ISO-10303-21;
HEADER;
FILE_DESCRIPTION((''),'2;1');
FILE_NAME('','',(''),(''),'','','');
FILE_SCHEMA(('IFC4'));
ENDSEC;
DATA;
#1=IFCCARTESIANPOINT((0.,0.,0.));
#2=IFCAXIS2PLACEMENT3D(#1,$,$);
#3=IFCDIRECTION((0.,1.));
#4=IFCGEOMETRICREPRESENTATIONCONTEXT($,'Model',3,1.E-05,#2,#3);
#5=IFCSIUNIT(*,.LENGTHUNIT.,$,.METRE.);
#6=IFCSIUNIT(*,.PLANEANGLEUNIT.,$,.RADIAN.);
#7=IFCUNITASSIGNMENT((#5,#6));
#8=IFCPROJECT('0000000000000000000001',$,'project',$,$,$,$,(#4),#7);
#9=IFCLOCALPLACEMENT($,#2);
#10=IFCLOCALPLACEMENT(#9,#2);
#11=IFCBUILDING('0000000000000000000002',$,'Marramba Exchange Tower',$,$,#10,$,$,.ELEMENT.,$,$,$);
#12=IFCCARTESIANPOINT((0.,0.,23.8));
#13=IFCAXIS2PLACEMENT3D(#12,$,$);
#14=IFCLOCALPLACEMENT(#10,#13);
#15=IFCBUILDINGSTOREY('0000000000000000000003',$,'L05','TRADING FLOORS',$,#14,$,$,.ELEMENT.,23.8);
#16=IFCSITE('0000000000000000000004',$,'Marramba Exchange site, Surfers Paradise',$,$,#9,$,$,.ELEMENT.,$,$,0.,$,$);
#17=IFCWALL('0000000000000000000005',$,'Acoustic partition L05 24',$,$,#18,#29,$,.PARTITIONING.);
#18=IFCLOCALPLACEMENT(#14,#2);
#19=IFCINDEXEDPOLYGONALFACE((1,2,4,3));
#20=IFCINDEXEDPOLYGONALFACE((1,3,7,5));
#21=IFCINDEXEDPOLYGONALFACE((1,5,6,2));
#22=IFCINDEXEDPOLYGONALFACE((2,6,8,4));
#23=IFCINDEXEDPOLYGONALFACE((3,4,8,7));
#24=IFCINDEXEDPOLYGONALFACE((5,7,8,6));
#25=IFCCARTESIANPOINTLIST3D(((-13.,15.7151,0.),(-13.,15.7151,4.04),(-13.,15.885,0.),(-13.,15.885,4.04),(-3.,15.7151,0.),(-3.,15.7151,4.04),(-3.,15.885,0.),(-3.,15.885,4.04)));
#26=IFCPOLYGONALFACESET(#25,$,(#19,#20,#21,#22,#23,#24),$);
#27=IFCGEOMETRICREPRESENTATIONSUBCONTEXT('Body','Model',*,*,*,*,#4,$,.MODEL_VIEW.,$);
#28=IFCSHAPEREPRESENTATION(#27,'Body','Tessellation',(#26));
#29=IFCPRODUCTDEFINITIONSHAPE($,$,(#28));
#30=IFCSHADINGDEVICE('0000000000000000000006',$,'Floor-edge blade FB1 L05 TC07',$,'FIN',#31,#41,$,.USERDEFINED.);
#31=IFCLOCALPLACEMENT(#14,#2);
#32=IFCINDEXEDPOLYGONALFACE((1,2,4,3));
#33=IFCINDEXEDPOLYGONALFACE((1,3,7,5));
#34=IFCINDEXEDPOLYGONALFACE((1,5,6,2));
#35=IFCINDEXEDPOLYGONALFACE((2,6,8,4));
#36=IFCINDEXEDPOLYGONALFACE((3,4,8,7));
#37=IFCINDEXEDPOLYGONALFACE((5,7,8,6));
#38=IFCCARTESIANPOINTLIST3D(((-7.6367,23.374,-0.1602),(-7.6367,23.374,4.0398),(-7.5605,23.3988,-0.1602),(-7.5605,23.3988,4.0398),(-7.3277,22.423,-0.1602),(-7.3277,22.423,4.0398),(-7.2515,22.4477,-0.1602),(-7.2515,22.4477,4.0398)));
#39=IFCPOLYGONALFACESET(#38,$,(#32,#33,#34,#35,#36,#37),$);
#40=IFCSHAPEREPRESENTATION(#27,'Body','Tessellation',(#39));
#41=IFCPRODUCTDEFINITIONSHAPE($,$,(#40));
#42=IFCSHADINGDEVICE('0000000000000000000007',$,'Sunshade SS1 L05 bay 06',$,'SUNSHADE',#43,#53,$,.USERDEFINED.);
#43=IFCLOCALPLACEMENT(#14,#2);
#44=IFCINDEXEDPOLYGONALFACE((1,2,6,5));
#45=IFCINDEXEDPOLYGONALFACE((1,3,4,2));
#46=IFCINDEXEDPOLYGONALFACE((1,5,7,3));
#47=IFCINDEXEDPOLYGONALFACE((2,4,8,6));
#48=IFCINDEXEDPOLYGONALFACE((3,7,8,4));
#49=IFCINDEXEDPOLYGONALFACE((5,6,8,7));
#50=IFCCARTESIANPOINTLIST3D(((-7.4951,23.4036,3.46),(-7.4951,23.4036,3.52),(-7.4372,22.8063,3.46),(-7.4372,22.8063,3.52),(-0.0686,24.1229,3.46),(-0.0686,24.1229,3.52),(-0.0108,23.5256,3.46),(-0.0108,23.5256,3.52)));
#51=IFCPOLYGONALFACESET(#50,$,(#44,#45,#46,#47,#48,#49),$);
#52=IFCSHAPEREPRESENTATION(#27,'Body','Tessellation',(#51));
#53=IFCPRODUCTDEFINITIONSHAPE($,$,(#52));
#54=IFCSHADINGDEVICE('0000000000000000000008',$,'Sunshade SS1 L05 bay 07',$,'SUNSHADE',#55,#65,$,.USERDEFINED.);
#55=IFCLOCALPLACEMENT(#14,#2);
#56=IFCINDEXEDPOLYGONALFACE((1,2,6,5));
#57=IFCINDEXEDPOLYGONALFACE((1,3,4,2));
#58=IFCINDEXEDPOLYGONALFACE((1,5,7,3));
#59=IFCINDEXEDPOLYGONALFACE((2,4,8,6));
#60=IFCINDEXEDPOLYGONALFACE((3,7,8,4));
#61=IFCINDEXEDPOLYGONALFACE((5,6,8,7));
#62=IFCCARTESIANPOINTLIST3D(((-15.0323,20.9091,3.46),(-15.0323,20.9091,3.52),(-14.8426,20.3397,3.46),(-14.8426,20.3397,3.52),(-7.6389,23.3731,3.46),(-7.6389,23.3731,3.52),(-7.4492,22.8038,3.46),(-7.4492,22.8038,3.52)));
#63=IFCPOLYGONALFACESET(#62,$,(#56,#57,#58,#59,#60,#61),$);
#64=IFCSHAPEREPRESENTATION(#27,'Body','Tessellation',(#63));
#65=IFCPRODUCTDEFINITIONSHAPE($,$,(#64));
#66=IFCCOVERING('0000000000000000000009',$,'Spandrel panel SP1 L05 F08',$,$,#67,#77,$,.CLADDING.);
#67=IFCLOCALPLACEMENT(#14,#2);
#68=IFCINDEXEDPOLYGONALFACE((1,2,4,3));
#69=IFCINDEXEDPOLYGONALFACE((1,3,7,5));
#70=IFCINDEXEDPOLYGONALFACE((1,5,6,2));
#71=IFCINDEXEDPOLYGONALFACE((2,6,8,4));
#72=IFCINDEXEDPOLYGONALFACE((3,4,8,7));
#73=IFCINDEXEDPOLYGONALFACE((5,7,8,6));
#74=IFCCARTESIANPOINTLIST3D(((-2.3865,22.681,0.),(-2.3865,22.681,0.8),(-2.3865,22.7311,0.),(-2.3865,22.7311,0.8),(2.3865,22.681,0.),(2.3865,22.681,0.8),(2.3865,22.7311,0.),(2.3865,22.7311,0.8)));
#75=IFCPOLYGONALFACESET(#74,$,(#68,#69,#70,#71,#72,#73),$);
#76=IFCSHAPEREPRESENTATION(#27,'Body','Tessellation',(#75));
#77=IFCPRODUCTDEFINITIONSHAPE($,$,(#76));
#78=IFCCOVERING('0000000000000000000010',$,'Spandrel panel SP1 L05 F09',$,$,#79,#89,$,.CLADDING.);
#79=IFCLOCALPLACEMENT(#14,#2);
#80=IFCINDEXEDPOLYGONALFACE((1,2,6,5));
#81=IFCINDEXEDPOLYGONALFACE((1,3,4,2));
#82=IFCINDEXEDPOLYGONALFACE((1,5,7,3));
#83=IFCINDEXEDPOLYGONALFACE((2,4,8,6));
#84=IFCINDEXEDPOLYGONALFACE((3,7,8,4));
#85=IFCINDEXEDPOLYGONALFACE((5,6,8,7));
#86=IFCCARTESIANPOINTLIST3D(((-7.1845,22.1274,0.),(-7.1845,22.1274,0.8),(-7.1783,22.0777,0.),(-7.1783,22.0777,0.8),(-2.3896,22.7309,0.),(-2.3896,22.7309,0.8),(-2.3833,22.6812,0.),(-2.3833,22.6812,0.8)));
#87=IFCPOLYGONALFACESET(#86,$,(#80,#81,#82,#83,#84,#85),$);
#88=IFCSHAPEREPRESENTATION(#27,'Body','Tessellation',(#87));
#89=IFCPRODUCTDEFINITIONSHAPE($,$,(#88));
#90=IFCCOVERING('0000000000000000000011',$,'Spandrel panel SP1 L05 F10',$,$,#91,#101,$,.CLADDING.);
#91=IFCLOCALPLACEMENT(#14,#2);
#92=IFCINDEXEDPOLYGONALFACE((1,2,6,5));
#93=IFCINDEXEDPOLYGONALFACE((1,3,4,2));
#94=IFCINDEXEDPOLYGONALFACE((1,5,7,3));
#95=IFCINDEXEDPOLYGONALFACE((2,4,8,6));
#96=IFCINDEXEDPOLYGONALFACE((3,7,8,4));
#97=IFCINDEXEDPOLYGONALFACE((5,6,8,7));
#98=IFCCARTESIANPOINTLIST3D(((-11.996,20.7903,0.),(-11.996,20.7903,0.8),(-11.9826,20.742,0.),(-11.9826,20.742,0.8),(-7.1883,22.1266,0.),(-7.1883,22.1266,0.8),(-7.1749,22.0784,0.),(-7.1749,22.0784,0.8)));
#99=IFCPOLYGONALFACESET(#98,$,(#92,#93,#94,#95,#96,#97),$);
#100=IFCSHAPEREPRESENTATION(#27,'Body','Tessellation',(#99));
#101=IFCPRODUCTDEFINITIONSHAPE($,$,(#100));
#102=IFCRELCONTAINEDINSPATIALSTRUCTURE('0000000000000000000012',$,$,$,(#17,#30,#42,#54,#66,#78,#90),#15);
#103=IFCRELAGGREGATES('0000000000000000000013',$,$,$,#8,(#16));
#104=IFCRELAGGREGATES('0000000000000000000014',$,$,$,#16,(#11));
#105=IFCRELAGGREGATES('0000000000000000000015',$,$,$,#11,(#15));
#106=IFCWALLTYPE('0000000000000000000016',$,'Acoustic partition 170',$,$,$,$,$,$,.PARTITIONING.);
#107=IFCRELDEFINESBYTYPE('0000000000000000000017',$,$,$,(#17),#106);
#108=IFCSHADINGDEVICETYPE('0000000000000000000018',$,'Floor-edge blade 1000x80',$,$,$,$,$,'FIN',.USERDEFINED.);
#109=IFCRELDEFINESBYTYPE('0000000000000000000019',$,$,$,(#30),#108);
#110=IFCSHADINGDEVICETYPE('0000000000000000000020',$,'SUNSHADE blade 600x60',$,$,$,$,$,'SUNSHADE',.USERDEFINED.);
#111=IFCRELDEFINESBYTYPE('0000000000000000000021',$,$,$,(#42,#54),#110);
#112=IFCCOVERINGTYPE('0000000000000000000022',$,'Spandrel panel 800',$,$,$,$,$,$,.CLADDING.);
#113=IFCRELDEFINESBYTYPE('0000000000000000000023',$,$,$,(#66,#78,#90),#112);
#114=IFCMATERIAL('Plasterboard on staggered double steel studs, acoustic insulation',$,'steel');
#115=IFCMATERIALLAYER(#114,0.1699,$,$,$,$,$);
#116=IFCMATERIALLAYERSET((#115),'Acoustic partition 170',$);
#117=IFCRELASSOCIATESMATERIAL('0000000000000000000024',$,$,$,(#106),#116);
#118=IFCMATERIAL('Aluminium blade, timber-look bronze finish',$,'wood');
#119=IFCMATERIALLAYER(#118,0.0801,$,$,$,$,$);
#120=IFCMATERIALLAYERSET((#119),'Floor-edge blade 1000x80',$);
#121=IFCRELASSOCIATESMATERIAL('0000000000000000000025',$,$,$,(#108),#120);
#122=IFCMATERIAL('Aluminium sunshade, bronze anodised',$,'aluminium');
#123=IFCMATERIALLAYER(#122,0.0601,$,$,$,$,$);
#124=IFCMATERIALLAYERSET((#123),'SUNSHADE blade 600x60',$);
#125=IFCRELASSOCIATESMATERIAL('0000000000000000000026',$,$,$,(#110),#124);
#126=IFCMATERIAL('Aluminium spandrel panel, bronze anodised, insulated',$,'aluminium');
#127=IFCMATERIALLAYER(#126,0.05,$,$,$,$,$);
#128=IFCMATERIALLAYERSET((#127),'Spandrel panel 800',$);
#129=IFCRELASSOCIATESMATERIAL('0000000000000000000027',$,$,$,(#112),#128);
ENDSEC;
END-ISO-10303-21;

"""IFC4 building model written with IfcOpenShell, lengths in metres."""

from ifc_helpers import new_model, si_unit, direction, frame, frame_2d, origin, origin_2d, place, context, subcontext, project, spatial, rectangle, extrude, material, layer, layer_set, type_object, element, save


model = new_model("IFC4")

# Units and contexts
model_context = context("Model", 3, precision=1e-05, world=origin(), true_north=direction((0.0, 1.0)))
body_context = subcontext(model_context, "Body", "Model", "MODEL_VIEW")
ifc_project = project(units=[si_unit("LENGTHUNIT", "METRE"), si_unit("PLANEANGLEUNIT", "RADIAN")], contexts=[model_context])

# Site, building, storey
site_placement = place(None, origin())
site = spatial("IfcSite", under=ifc_project, at=site_placement, Name="Marramba Exchange site, Surfers Paradise", CompositionType="ELEMENT", RefElevation=0.0)
building_placement = place(site_placement, origin())
building = spatial("IfcBuilding", under=site, at=building_placement, Name="Marramba Exchange Tower", CompositionType="ELEMENT")
storey_placement = place(building_placement, frame((0.0, 0.0, 23.8)))
storey = spatial("IfcBuildingStorey", under=building, at=storey_placement, Name="L05", Description="TRADING FLOORS", CompositionType="ELEMENT", Elevation=23.8)

# Wall
ifc_material_1 = material(Name="Plasterboard on staggered double steel studs, acoustic insulation", Category="steel")
ifc_layer_1 = layer(ifc_material_1, 0.1699)
ifc_layer_set_1 = layer_set([ifc_layer_1], Name="Acoustic partition 170")
wall_type = type_object("IfcWallType", Name="Acoustic partition 170", PredefinedType="PARTITIONING", material=ifc_layer_set_1)
wall_placement = place(storey_placement, frame((-3.0, 15.8, 0.0), z_axis=(0.0, 0.0, 1.0), x_axis=(-1.0, 0.0, 0.0)))
element("IfcWall", 1, at=wall_placement, inside=storey, type_object=wall_type, Name="Acoustic partition L05 24", PredefinedType="PARTITIONING", context=body_context, shape_type="SweptSolid", body=[
    extrude(rectangle(XDim=10.0, YDim=0.1699, at=frame_2d((5.0, 0.0))), origin(), (0.0, 0.0, 1.0), 4.04),
])

# Shading devices
ifc_material_2 = material(Name="Aluminium blade, timber-look bronze finish", Category="wood")
ifc_layer_2 = layer(ifc_material_2, 0.0801)
ifc_layer_set_2 = layer_set([ifc_layer_2], Name="Floor-edge blade 1000x80")
shading_device_type_1 = type_object("IfcShadingDeviceType", Name="Floor-edge blade 1000x80", ElementType="FIN", PredefinedType="USERDEFINED", material=ifc_layer_set_2)
shading_device_1_placement = place(storey_placement, frame((-7.4441, 22.9109, -0.1602), z_axis=(0.0, 0.0, 1.0), x_axis=(-0.309017, 0.951057, 0.0)))
element("IfcShadingDevice", 2, at=shading_device_1_placement, inside=storey, type_object=shading_device_type_1, Name="Floor-edge blade FB1 L05 TC07", ObjectType="FIN", PredefinedType="USERDEFINED", context=body_context, shape_type="SweptSolid", body=[
    extrude(rectangle(XDim=1.0, YDim=0.0801, at=origin_2d()), origin(), (0.0, 0.0, 1.0), 4.2),
])
ifc_material_3 = material(Name="Aluminium sunshade, bronze anodised", Category="aluminium")
ifc_layer_3 = layer(ifc_material_3, 0.0601)
ifc_layer_set_3 = layer_set([ifc_layer_3], Name="SUNSHADE blade 600x60")
shading_device_type_2 = type_object("IfcShadingDeviceType", Name="SUNSHADE blade 600x60", ElementType="SUNSHADE", PredefinedType="USERDEFINED", material=ifc_layer_set_3)
shading_device_2_placement = place(storey_placement, frame((-3.7529, 23.4646, 3.46), z_axis=(0.0, 0.0, 1.0), x_axis=(-0.995343, -0.096398, 0.0)))
element("IfcShadingDevice", 3, at=shading_device_2_placement, inside=storey, type_object=shading_device_type_2, Name="Sunshade SS1 L05 bay 06", ObjectType="SUNSHADE", PredefinedType="USERDEFINED", context=body_context, shape_type="SweptSolid", body=[
    extrude(rectangle(XDim=7.4612, YDim=0.6001, at=origin_2d()), origin(), (0.0, 0.0, 1.0), 0.0601),
])
shading_device_3_placement = place(storey_placement, frame((-11.2407, 21.8564, 3.46), z_axis=(0.0, 0.0, 1.0), x_axis=(-0.948698, -0.316184, 0.0)))
element("IfcShadingDevice", 4, at=shading_device_3_placement, inside=storey, type_object=shading_device_type_2, Name="Sunshade SS1 L05 bay 07", ObjectType="SUNSHADE", PredefinedType="USERDEFINED", context=body_context, shape_type="SweptSolid", body=[
    extrude(rectangle(XDim=7.7932, YDim=0.6001, at=origin_2d()), origin(), (0.0, 0.0, 1.0), 0.0601),
])

# Coverings
ifc_material_4 = material(Name="Aluminium spandrel panel, bronze anodised, insulated", Category="aluminium")
ifc_layer_4 = layer(ifc_material_4, 0.05)
ifc_layer_set_4 = layer_set([ifc_layer_4], Name="Spandrel panel 800")
covering_type = type_object("IfcCoveringType", Name="Spandrel panel 800", PredefinedType="CLADDING", material=ifc_layer_set_4)
covering_1_placement = place(storey_placement, frame((0.0, 22.7061, 0.0), z_axis=(0.0, 0.0, 1.0), x_axis=(-1.0, 0.0, 0.0)))
element("IfcCovering", 5, at=covering_1_placement, inside=storey, type_object=covering_type, Name="Spandrel panel SP1 L05 F08", PredefinedType="CLADDING", context=body_context, shape_type="SweptSolid", body=[
    extrude(rectangle(XDim=4.7729, YDim=0.05, at=origin_2d()), origin(), (0.0, 0.0, 1.0), 0.8),
])
covering_2_placement = place(storey_placement, frame((-4.7839, 22.4043, 0.0), z_axis=(0.0, 0.0, 1.0), x_axis=(-0.992173, -0.124873, 0.0)))
element("IfcCovering", 6, at=covering_2_placement, inside=storey, type_object=covering_type, Name="Spandrel panel SP1 L05 F09", PredefinedType="CLADDING", context=body_context, shape_type="SweptSolid", body=[
    extrude(rectangle(XDim=4.8328, YDim=0.05, at=origin_2d()), origin(), (0.0, 0.0, 1.0), 0.8),
])
covering_3_placement = place(storey_placement, frame((-9.5854, 21.4343, 0.0), z_axis=(0.0, 0.0, 1.0), x_axis=(-0.963472, -0.267809, 0.0)))
element("IfcCovering", 7, at=covering_3_placement, inside=storey, type_object=covering_type, Name="Spandrel panel SP1 L05 F10", PredefinedType="CLADDING", context=body_context, shape_type="SweptSolid", body=[
    extrude(rectangle(XDim=4.99, YDim=0.05, at=origin_2d()), origin(), (0.0, 0.0, 1.0), 0.8),
])

save(model, "model.ifc")
